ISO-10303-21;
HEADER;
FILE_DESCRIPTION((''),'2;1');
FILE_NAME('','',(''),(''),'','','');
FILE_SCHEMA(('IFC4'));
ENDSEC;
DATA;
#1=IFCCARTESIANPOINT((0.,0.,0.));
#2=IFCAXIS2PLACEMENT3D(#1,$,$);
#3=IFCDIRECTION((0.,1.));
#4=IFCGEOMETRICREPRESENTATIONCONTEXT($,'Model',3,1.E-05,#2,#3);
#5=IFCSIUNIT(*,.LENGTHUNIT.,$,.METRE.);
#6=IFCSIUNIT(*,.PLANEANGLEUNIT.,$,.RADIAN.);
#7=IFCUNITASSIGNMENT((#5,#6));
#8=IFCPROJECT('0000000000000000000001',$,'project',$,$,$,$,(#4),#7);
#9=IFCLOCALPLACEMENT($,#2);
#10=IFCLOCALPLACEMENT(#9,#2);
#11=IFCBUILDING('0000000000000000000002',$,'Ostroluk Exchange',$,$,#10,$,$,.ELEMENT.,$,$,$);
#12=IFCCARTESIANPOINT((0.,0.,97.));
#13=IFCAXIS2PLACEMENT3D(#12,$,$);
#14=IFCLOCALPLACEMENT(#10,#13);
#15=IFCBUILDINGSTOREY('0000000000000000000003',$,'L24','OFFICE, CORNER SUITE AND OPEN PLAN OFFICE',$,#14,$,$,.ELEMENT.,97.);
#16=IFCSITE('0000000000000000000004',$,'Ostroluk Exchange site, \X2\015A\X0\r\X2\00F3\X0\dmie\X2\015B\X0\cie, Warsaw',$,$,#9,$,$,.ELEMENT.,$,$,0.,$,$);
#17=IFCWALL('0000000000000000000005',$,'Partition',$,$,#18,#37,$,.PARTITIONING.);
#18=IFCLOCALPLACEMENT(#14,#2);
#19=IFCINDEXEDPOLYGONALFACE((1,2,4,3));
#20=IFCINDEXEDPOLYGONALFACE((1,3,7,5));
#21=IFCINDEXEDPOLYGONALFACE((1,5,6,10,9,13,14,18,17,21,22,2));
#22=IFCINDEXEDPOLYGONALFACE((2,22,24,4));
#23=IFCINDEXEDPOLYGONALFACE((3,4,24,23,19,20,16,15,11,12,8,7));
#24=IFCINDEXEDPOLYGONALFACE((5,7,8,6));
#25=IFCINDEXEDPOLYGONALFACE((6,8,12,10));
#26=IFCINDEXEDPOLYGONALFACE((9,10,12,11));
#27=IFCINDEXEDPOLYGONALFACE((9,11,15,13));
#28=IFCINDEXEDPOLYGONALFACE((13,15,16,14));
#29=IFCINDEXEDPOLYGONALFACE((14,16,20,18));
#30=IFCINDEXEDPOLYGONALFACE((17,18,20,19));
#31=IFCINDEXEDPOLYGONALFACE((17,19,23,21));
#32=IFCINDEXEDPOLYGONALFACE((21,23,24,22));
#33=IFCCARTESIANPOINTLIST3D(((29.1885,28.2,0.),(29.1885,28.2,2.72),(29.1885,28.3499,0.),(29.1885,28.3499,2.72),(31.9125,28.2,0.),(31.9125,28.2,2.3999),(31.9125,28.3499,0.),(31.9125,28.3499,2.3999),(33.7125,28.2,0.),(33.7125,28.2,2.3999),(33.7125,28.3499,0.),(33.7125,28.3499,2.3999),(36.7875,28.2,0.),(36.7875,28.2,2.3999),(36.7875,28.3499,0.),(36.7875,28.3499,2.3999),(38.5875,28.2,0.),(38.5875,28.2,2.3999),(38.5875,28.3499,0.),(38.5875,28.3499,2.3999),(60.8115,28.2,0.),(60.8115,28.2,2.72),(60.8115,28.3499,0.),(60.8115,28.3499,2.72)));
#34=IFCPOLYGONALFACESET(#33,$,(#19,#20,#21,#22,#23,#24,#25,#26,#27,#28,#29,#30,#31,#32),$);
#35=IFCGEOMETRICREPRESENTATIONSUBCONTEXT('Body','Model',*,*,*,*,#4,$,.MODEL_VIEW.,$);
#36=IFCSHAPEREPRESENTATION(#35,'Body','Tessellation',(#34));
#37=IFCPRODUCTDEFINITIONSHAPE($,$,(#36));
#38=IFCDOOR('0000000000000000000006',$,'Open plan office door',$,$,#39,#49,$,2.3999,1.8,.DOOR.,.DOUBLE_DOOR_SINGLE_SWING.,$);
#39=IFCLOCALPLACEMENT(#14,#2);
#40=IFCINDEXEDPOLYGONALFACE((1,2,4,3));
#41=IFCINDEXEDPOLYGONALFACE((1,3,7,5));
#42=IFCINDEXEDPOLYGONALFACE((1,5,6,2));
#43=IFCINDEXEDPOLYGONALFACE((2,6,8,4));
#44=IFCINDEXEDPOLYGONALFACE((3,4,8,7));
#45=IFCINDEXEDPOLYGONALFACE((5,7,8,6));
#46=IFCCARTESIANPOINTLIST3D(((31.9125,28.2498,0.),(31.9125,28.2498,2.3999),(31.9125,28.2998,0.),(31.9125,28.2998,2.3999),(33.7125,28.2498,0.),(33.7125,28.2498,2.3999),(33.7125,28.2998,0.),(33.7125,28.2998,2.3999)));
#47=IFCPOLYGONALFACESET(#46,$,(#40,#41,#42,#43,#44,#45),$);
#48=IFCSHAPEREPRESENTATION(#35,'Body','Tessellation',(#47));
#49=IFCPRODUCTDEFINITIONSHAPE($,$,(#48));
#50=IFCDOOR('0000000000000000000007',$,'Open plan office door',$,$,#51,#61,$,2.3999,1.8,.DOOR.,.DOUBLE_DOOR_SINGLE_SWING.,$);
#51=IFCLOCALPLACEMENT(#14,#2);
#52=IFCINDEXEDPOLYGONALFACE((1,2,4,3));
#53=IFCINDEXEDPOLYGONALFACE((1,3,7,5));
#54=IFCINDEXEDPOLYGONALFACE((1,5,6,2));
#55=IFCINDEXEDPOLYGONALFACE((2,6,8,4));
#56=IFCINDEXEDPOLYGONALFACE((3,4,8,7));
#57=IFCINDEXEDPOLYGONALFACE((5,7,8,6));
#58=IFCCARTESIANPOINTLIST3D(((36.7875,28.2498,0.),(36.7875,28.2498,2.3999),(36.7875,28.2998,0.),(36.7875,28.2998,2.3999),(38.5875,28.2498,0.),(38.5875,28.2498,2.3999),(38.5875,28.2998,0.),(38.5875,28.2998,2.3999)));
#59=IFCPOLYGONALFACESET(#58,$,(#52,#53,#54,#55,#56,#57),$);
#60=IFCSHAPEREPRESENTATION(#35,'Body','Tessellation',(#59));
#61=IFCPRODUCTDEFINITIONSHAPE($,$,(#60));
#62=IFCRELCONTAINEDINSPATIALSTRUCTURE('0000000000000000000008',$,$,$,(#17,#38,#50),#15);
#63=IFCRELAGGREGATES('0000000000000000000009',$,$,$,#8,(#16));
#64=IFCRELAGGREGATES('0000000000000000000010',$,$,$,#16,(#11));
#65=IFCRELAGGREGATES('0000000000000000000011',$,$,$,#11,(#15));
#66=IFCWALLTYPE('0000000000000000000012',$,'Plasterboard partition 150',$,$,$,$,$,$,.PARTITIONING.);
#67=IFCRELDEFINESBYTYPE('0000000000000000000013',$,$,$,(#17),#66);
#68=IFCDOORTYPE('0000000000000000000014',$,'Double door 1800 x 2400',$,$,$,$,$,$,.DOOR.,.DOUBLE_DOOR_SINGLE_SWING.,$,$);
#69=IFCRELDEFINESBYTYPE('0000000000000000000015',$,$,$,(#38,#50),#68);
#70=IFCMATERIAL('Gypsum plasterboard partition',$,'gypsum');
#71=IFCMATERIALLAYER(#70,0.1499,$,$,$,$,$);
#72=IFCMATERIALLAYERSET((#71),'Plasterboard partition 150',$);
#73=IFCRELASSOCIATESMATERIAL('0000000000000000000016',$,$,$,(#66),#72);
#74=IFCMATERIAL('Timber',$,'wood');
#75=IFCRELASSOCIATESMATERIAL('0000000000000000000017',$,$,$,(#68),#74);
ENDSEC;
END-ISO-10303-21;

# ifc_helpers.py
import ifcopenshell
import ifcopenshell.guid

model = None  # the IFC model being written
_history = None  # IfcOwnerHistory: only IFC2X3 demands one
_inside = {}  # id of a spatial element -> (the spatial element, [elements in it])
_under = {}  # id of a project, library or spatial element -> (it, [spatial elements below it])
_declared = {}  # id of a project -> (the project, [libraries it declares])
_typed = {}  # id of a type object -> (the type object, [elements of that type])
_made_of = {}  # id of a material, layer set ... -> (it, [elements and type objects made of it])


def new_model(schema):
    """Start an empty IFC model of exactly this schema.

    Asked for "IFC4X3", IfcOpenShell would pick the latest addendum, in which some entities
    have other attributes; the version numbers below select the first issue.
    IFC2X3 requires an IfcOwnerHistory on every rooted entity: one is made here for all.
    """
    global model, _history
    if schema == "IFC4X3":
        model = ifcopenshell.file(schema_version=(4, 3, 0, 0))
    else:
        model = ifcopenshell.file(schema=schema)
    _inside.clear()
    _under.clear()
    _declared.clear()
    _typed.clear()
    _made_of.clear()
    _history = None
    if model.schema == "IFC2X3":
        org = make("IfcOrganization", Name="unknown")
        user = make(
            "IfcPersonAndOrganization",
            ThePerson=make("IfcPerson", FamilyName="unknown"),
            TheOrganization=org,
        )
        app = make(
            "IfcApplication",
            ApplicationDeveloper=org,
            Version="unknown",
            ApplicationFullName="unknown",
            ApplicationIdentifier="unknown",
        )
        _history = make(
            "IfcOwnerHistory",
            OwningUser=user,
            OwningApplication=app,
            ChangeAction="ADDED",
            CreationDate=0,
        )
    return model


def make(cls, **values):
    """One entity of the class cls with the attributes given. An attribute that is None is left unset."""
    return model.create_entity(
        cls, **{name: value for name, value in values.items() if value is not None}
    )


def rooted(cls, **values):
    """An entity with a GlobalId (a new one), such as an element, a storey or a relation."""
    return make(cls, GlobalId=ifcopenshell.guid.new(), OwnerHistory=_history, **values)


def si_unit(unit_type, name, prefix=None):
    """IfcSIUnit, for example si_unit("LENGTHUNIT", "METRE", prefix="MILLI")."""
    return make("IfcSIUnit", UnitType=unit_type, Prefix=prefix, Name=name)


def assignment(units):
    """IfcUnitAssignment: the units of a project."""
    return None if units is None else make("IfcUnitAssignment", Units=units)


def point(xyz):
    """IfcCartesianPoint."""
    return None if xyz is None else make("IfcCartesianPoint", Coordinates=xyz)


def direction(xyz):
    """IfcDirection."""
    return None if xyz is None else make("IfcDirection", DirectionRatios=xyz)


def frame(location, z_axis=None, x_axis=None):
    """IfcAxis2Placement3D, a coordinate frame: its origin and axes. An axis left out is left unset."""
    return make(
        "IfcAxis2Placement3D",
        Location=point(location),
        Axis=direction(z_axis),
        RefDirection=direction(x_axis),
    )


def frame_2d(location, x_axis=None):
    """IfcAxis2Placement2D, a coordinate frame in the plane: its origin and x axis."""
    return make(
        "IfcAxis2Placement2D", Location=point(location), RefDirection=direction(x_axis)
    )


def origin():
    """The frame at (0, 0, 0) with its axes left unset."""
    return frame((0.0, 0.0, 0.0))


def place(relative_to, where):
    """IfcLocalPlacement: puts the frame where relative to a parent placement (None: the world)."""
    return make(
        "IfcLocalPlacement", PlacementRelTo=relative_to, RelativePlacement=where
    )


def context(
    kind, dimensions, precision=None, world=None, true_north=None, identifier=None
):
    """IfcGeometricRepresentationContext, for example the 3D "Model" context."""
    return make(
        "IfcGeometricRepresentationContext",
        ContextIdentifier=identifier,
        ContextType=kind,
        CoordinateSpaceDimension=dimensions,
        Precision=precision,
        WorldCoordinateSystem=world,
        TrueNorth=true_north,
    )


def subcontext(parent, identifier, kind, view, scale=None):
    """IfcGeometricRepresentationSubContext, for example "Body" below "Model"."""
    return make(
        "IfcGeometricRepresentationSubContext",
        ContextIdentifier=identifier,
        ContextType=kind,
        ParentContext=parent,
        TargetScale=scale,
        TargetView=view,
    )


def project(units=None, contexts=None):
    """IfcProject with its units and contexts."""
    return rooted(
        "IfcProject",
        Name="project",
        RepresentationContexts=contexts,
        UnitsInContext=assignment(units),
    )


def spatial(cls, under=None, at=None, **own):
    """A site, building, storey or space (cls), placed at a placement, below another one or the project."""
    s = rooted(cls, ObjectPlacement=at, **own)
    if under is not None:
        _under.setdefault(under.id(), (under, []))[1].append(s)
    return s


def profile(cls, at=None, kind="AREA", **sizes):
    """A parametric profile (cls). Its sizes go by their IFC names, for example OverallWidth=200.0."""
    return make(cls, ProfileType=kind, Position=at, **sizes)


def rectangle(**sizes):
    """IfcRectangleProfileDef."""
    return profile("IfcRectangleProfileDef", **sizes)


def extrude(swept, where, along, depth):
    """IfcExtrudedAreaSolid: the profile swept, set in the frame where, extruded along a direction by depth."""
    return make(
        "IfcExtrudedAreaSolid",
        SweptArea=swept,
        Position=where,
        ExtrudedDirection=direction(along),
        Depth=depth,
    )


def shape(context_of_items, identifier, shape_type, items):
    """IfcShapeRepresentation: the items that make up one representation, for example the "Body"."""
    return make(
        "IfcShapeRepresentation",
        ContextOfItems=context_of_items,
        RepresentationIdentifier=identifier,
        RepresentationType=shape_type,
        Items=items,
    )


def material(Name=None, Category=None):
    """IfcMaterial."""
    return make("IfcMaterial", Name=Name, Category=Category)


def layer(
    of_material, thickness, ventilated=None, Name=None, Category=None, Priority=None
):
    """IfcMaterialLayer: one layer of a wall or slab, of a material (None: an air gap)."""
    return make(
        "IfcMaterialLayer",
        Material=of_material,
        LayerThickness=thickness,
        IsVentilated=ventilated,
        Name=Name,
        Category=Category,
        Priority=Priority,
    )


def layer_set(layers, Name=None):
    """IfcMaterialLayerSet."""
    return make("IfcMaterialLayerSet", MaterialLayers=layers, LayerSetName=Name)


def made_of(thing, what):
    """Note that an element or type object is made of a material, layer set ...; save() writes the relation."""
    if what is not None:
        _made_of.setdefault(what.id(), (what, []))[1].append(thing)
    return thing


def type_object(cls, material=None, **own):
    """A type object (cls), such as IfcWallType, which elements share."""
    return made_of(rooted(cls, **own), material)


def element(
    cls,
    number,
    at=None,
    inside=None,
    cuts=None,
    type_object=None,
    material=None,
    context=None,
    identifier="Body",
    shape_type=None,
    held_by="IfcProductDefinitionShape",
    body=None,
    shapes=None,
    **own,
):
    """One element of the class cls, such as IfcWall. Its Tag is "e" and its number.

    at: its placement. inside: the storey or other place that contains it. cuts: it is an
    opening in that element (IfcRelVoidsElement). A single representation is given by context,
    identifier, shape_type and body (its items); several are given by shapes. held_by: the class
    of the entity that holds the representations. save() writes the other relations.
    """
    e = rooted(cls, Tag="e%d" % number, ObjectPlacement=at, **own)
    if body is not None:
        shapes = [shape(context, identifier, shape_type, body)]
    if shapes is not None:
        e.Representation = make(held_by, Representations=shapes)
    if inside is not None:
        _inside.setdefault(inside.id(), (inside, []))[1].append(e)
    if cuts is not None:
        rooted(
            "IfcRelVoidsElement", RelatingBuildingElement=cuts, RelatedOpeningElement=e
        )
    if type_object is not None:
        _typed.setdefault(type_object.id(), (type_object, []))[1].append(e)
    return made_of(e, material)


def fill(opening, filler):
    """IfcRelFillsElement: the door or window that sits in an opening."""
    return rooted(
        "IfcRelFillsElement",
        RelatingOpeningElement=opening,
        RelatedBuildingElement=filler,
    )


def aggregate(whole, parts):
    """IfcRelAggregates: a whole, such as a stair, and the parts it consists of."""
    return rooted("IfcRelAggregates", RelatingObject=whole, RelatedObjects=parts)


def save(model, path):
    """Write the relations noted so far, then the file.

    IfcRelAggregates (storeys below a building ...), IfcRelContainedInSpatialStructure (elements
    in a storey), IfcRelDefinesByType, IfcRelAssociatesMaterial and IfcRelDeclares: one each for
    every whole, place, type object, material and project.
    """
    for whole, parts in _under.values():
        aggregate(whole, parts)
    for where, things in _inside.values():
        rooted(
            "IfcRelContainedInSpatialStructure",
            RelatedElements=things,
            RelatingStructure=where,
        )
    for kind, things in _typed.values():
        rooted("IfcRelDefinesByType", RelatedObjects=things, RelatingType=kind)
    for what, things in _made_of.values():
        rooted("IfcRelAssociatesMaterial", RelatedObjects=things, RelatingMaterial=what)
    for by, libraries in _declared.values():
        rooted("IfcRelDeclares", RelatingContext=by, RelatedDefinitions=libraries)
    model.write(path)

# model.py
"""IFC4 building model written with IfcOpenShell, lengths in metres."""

from ifc_helpers import new_model, si_unit, direction, frame, frame_2d, origin, place, context, subcontext, project, spatial, rectangle, extrude, material, layer, layer_set, type_object, element, fill, save


model = new_model("IFC4")

# Units and contexts
model_context = context("Model", 3, precision=1e-05, world=origin(), true_north=direction((0.0, 1.0)))
body_context = subcontext(model_context, "Body", "Model", "MODEL_VIEW")
ifc_project = project(units=[si_unit("LENGTHUNIT", "METRE"), si_unit("PLANEANGLEUNIT", "RADIAN")], contexts=[model_context])

# Site, building, storey
site_placement = place(None, origin())
site = spatial("IfcSite", under=ifc_project, at=site_placement, Name="Ostroluk Exchange site, Śródmieście, Warsaw", CompositionType="ELEMENT", RefElevation=0.0)
building_placement = place(site_placement, origin())
building = spatial("IfcBuilding", under=site, at=building_placement, Name="Ostroluk Exchange", CompositionType="ELEMENT")
storey_placement = place(building_placement, frame((0.0, 0.0, 97.0)))
storey = spatial("IfcBuildingStorey", under=building, at=storey_placement, Name="L24", Description="OFFICE, CORNER SUITE AND OPEN PLAN OFFICE", CompositionType="ELEMENT", Elevation=97.0)

# Wall, openings, doors
ifc_material_1 = material(Name="Gypsum plasterboard partition", Category="gypsum")
ifc_layer_1 = layer(ifc_material_1, 0.1499)
ifc_layer_set_1 = layer_set([ifc_layer_1], Name="Plasterboard partition 150")
wall_type_1 = type_object("IfcWallType", Name="Plasterboard partition 150", PredefinedType="PARTITIONING", material=ifc_layer_set_1)
wall_1_placement = place(storey_placement, frame((29.1885, 28.2749, 0.0), z_axis=(0.0, 0.0, 1.0), x_axis=(1.0, 0.0, 0.0)))
wall_1 = element("IfcWall", 1, at=wall_1_placement, inside=storey, type_object=wall_type_1, Name="Partition", PredefinedType="PARTITIONING", context=body_context, shape_type="SweptSolid", body=[
    extrude(rectangle(XDim=31.623, YDim=0.1499, at=frame_2d((15.8115, 0.0))), origin(), (0.0, 0.0, 1.0), 2.72),
])
opening_1_placement = place(wall_1_placement, frame((2.7241, 0.0, 0.0)))
opening_1 = element("IfcOpeningElement", 2, at=opening_1_placement, cuts=wall_1, PredefinedType="OPENING", context=body_context, shape_type="SweptSolid", body=[
    extrude(rectangle(XDim=1.8, YDim=2.3999, at=frame_2d((0.8999, 1.2))), frame((0.0, 0.085, 0.0), z_axis=(0.0, -1.0, 0.0), x_axis=(1.0, 0.0, 0.0)), (0.0, 0.0, 1.0), 0.1699),
])
opening_2_placement = place(wall_1_placement, frame((7.5991, 0.0, 0.0)))
opening_2 = element("IfcOpeningElement", 3, at=opening_2_placement, cuts=wall_1, PredefinedType="OPENING", context=body_context, shape_type="SweptSolid", body=[
    extrude(rectangle(XDim=1.8, YDim=2.3999, at=frame_2d((0.8999, 1.2))), frame((0.0, 0.085, 0.0), z_axis=(0.0, -1.0, 0.0), x_axis=(1.0, 0.0, 0.0)), (0.0, 0.0, 1.0), 0.1699),
])
ifc_material_2 = material(Name="Timber", Category="wood")
door_type_1 = type_object("IfcDoorType", Name="Double door 1800 x 2400", OperationType="DOUBLE_DOOR_SINGLE_SWING", PredefinedType="DOOR", material=ifc_material_2)
door_1_placement = place(opening_1_placement, origin())
door_1 = element("IfcDoor", 4, at=door_1_placement, inside=storey, type_object=door_type_1, Name="Open plan office door", OperationType="DOUBLE_DOOR_SINGLE_SWING", OverallHeight=2.3999, OverallWidth=1.8, PredefinedType="DOOR", context=body_context, shape_type="SweptSolid", body=[
    extrude(rectangle(XDim=1.8, YDim=2.3999, at=frame_2d((0.8999, 1.2))), frame((0.0, 0.0249, 0.0), z_axis=(0.0, -1.0, 0.0), x_axis=(1.0, 0.0, 0.0)), (0.0, 0.0, 1.0), 0.05),
])
fill(opening_1, door_1)
door_2_placement = place(opening_2_placement, origin())
door_2 = element("IfcDoor", 5, at=door_2_placement, inside=storey, type_object=door_type_1, Name="Open plan office door", OperationType="DOUBLE_DOOR_SINGLE_SWING", OverallHeight=2.3999, OverallWidth=1.8, PredefinedType="DOOR", context=body_context, shape_type="SweptSolid", body=[
    extrude(rectangle(XDim=1.8, YDim=2.3999, at=frame_2d((0.8999, 1.2))), frame((0.0, 0.0249, 0.0), z_axis=(0.0, -1.0, 0.0), x_axis=(1.0, 0.0, 0.0)), (0.0, 0.0, 1.0), 0.05),
])
fill(opening_2, door_2)

save(model, "model.ifc")
